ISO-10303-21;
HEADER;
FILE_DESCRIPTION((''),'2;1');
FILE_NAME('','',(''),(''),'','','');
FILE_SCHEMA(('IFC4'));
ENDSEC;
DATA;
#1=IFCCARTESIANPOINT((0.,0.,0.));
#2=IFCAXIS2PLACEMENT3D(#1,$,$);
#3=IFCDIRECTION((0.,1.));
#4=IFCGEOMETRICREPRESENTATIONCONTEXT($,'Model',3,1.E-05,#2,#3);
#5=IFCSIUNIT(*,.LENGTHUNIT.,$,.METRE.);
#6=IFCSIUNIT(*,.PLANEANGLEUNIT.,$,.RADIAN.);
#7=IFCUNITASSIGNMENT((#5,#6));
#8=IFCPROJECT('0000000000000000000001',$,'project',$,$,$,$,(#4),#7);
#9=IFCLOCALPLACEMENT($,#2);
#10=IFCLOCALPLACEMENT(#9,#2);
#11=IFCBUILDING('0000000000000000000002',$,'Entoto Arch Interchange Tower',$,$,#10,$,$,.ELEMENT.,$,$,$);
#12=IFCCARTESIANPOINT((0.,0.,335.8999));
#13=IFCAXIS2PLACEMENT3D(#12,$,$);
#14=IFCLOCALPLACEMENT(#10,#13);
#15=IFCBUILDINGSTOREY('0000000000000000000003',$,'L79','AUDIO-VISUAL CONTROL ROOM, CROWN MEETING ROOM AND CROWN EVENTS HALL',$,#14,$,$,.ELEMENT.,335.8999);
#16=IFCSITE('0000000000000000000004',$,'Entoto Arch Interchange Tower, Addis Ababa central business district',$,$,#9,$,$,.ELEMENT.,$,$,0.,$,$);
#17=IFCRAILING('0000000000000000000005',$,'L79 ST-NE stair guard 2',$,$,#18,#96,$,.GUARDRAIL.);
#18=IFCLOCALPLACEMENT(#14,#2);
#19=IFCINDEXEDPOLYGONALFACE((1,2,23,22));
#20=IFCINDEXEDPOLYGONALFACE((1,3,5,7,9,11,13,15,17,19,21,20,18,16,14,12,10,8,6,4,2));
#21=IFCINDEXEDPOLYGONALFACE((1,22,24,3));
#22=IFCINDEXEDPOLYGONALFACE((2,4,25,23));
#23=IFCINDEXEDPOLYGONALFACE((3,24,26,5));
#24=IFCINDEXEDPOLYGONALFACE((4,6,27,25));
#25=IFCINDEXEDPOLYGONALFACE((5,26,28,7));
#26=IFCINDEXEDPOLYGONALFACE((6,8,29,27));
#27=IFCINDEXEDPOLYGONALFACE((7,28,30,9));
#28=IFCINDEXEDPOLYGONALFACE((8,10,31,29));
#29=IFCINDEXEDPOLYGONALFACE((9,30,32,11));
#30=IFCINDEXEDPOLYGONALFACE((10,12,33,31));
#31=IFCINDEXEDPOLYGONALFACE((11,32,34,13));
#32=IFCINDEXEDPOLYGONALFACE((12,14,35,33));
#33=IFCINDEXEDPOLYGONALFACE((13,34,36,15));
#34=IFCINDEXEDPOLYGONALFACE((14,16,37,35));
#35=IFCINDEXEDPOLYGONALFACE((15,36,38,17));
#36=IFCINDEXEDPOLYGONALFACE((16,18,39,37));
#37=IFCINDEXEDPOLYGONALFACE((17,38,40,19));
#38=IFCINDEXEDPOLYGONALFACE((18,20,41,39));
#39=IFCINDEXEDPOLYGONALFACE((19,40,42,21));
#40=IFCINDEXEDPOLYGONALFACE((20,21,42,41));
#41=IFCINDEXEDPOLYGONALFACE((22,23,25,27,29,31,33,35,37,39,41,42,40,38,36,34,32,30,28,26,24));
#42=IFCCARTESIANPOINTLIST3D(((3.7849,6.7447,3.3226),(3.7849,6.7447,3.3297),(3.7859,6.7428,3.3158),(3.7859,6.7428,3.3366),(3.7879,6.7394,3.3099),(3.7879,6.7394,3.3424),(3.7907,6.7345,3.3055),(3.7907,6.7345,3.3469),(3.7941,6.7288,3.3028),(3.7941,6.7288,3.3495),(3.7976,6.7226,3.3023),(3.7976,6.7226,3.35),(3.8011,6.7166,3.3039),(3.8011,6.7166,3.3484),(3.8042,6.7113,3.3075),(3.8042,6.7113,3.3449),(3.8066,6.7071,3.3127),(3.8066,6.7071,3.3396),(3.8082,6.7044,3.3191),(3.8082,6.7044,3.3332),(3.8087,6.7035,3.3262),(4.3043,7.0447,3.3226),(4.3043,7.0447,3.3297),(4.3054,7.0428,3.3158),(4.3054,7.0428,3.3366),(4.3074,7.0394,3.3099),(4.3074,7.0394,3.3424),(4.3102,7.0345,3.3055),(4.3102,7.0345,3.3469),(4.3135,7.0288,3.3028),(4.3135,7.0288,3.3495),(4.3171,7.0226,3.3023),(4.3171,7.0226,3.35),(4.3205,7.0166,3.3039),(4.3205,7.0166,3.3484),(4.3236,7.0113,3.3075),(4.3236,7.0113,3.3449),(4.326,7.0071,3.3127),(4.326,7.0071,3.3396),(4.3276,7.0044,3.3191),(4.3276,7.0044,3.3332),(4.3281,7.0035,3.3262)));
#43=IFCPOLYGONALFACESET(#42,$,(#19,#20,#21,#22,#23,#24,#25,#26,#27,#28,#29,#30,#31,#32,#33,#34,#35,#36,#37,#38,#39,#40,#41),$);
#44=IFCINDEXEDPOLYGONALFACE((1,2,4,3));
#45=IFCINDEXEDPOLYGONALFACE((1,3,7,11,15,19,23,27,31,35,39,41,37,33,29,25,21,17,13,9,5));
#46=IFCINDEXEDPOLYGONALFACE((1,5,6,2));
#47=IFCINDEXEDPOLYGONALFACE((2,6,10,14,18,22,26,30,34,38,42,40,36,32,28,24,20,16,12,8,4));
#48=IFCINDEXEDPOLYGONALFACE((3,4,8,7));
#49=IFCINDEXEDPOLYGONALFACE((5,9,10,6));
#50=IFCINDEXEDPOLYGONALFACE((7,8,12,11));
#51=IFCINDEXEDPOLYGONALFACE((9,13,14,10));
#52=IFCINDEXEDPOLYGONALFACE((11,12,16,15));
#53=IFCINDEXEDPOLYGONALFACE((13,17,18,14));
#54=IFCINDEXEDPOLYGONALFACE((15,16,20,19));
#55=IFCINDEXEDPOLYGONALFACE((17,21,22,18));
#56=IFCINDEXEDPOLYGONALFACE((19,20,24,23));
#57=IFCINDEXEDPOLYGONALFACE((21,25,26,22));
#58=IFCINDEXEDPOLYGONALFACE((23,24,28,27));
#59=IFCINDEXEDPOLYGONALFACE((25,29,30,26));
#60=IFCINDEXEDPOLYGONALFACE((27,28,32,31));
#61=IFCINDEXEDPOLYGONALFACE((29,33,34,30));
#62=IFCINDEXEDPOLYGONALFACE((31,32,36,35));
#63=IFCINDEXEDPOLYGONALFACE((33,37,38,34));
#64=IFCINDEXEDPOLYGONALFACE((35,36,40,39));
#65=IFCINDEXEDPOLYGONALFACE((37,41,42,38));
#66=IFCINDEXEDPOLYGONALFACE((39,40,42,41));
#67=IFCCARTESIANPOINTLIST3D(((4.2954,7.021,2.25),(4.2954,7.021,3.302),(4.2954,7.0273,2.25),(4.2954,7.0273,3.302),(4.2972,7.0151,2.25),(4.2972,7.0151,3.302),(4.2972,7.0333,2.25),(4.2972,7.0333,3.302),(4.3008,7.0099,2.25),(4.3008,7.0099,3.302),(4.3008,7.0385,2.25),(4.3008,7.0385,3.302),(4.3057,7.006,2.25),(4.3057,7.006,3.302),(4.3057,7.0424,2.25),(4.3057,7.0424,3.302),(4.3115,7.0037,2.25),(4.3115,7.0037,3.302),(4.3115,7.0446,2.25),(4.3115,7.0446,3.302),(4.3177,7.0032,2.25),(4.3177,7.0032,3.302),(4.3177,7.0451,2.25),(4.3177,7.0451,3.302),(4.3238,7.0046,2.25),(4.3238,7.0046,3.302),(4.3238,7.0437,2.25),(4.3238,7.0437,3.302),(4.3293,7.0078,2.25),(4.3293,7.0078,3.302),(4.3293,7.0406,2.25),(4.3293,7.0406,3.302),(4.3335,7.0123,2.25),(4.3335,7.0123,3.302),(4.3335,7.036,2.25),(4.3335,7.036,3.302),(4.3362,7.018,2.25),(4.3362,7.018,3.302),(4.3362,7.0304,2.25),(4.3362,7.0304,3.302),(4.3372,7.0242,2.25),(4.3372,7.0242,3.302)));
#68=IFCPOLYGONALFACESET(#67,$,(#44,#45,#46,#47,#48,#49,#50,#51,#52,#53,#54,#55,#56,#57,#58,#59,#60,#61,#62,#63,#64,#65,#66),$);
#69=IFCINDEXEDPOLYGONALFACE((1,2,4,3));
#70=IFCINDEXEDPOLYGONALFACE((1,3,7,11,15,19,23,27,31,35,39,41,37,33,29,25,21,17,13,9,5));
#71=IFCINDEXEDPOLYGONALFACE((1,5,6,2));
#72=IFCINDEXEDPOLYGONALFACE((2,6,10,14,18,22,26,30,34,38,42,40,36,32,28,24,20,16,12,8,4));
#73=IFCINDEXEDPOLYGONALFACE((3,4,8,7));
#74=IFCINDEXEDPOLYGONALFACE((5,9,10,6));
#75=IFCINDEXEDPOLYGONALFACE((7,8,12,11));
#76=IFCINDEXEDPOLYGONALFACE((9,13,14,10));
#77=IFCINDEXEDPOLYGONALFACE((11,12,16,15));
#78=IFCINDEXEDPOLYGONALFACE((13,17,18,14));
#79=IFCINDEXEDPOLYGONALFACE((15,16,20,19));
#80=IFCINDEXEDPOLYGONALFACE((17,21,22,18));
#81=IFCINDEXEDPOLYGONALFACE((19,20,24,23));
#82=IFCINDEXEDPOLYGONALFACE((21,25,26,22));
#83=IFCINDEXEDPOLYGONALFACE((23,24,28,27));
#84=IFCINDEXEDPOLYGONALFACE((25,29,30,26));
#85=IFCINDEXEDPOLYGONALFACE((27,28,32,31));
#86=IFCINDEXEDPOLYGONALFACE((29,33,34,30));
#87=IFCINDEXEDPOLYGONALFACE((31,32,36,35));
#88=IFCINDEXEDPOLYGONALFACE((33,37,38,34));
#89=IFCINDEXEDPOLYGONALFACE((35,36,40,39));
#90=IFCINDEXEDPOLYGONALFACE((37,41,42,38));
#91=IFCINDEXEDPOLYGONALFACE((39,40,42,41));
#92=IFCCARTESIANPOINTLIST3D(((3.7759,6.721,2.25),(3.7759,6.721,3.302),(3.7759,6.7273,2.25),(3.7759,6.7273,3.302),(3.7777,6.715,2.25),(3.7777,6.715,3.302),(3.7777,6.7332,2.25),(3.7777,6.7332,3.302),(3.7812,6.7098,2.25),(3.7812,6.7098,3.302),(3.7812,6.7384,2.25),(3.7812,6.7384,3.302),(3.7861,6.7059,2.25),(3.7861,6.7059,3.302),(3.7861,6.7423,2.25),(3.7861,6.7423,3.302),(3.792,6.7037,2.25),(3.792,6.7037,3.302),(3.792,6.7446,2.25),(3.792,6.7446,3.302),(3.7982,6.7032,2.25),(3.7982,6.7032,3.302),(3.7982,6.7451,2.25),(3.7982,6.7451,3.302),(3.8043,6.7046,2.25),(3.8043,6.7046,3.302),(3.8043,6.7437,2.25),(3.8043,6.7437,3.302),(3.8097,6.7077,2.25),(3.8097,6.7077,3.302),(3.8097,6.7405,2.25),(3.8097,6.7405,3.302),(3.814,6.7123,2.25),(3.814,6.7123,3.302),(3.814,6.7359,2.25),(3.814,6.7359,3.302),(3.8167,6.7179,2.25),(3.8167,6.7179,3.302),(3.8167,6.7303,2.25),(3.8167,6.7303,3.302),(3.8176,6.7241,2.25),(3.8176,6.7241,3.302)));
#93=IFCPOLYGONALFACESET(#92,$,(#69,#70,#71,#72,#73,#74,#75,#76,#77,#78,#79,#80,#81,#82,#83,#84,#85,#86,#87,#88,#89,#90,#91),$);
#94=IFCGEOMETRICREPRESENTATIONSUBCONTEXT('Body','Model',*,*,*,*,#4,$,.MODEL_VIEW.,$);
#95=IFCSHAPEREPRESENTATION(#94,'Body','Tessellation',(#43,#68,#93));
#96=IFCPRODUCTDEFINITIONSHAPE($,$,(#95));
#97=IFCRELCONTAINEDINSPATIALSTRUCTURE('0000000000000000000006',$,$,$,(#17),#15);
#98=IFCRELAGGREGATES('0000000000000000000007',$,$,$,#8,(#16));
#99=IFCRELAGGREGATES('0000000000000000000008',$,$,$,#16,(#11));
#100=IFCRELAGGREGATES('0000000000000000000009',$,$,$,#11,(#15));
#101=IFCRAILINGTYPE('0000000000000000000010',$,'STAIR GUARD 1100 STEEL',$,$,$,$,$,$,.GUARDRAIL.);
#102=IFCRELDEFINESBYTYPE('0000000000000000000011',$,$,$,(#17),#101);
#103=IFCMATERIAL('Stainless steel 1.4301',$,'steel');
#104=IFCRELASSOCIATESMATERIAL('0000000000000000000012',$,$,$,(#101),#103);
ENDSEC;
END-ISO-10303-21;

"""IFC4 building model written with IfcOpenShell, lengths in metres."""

from ifc_helpers import new_model, si_unit, direction, frame, origin, origin_2d, place, context, subcontext, project, spatial, circle, extrude, material, type_object, element, save


model = new_model("IFC4")

# Units and contexts
model_context = context("Model", 3, precision=1e-05, world=origin(), true_north=direction((0.0, 1.0)))
body_context = subcontext(model_context, "Body", "Model", "MODEL_VIEW")
ifc_project = project(units=[si_unit("LENGTHUNIT", "METRE"), si_unit("PLANEANGLEUNIT", "RADIAN")], contexts=[model_context])

# Site, building, storey
site_placement = place(None, origin())
site = spatial("IfcSite", under=ifc_project, at=site_placement, Name="Entoto Arch Interchange Tower, Addis Ababa central business district", CompositionType="ELEMENT", RefElevation=0.0)
building_placement = place(site_placement, origin())
building = spatial("IfcBuilding", under=site, at=building_placement, Name="Entoto Arch Interchange Tower", CompositionType="ELEMENT")
storey_placement = place(building_placement, frame((0.0, 0.0, 335.8999)))
storey = spatial("IfcBuildingStorey", under=building, at=storey_placement, Name="L79", Description="AUDIO-VISUAL CONTROL ROOM, CROWN MEETING ROOM AND CROWN EVENTS HALL", CompositionType="ELEMENT", Elevation=335.8999)

# Railing
ifc_material_1 = material(Name="Stainless steel 1.4301", Category="steel")
railing_type_1 = type_object("IfcRailingType", Name="STAIR GUARD 1100 STEEL", PredefinedType="GUARDRAIL", material=ifc_material_1)
railing_1_placement = place(storey_placement, frame((4.3162, 7.0242, 2.25)))
element("IfcRailing", 1, at=railing_1_placement, inside=storey, type_object=railing_type_1, Name="L79 ST-NE stair guard 2", PredefinedType="GUARDRAIL", context=body_context, shape_type="SweptSolid", body=[
    extrude(circle(Radius=0.0239, at=origin_2d()), frame((0.0, 0.0, 1.0762), z_axis=(-0.865955, -0.500122, 0.0), x_axis=(0.500122, -0.865955, 0.0)), (0.0, 0.0, 1.0), 0.5999),
    extrude(circle(Radius=0.021, at=origin_2d()), origin(), (0.0, 0.0, 1.0), 1.052),
    extrude(circle(Radius=0.021, at=origin_2d()), frame((-0.5195, -0.3, 0.0)), (0.0, 0.0, 1.0), 1.052),
])

save(model, "model.ifc")
